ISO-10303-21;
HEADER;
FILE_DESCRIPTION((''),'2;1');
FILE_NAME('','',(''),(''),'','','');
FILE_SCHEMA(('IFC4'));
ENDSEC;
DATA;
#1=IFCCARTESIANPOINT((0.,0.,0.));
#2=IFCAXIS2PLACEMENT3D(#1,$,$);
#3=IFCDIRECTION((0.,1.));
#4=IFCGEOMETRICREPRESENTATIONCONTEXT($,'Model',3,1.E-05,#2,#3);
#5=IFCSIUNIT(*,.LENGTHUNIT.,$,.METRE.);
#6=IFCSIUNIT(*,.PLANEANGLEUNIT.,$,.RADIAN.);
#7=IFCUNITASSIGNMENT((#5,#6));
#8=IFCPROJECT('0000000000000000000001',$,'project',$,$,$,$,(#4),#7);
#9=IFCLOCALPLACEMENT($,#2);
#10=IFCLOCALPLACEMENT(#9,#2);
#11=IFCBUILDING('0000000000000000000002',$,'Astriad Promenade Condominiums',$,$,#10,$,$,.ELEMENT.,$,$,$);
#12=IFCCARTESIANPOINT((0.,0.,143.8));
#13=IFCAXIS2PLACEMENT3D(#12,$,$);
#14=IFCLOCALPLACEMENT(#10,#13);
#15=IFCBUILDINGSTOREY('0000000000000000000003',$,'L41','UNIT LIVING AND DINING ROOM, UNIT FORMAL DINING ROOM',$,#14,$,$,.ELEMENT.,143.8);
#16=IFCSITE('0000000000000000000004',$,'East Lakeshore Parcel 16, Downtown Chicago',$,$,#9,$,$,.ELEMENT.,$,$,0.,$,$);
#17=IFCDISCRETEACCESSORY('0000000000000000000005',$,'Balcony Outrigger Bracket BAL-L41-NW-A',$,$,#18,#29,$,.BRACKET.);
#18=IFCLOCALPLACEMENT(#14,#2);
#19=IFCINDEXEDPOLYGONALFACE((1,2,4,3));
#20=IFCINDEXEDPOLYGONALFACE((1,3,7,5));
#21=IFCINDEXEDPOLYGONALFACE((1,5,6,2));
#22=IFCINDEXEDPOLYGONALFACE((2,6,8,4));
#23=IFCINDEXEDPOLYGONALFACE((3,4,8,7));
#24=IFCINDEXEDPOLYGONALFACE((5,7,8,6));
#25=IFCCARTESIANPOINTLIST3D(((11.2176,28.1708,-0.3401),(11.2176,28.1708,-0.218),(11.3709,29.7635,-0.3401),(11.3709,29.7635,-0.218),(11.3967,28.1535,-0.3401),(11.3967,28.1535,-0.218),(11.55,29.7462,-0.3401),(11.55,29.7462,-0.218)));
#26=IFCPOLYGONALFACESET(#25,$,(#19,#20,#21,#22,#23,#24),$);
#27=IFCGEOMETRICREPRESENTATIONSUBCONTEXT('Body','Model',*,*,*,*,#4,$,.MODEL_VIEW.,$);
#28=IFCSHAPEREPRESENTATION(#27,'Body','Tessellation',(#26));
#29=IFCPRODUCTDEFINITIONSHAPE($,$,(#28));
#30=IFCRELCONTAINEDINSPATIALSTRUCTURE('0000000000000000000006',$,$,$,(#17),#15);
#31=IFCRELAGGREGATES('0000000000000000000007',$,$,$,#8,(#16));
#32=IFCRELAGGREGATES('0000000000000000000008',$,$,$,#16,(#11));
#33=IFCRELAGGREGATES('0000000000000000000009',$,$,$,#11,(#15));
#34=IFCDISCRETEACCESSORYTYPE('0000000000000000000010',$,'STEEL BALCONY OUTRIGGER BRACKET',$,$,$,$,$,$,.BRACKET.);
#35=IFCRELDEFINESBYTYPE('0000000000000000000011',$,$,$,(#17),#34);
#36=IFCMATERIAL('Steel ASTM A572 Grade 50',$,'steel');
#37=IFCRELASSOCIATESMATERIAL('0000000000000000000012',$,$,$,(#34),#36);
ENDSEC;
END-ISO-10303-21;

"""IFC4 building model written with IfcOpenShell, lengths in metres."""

from ifc_helpers import new_model, si_unit, direction, frame, origin, origin_2d, place, context, subcontext, project, spatial, rectangle, extrude, source, transform, mapped, material, type_object, type_shapes, element, save


model = new_model("IFC4")

# Units and contexts
model_context = context("Model", 3, precision=1e-05, world=origin(), true_north=direction((0.0, 1.0)))
body_context = subcontext(model_context, "Body", "Model", "MODEL_VIEW")
ifc_project = project(units=[si_unit("LENGTHUNIT", "METRE"), si_unit("PLANEANGLEUNIT", "RADIAN")], contexts=[model_context])

# Site, building, storey
site_placement = place(None, origin())
site = spatial("IfcSite", under=ifc_project, at=site_placement, Name="East Lakeshore Parcel 16, Downtown Chicago", CompositionType="ELEMENT", RefElevation=0.0)
building_placement = place(site_placement, origin())
building = spatial("IfcBuilding", under=site, at=building_placement, Name="Astriad Promenade Condominiums", CompositionType="ELEMENT")
storey_placement = place(building_placement, frame((0.0, 0.0, 143.8)))
storey = spatial("IfcBuildingStorey", under=building, at=storey_placement, Name="L41", Description="UNIT LIVING AND DINING ROOM, UNIT FORMAL DINING ROOM", CompositionType="ELEMENT", Elevation=143.8)

# Discrete accessory
ifc_material_1 = material(Name="Steel ASTM A572 Grade 50", Category="steel")
discrete_accessory_type = type_object("IfcDiscreteAccessoryType", Name="STEEL BALCONY OUTRIGGER BRACKET", PredefinedType="BRACKET", material=ifc_material_1)
shared_shape_1 = source(origin(), body_context, "Body", "SweptSolid", [
    extrude(rectangle(XDim=1.6001, YDim=0.1799, at=origin_2d()), origin(), (0.0, 0.0, 1.0), 0.1221),
])
type_shapes(discrete_accessory_type, [shared_shape_1])
discrete_accessory_placement = place(storey_placement, frame((11.3838, 28.9585, -0.3401), z_axis=(0.0, 0.0, 1.0), x_axis=(0.095846, 0.995396, 0.0)))
element("IfcDiscreteAccessory", 1, at=discrete_accessory_placement, inside=storey, type_object=discrete_accessory_type, Name="Balcony Outrigger Bracket BAL-L41-NW-A", PredefinedType="BRACKET", context=body_context, shape_type="MappedRepresentation", body=[
    mapped(shared_shape_1, transform((0.0, 0.0, 0.0), scale=1.0)),
])

save(model, "model.ifc")
